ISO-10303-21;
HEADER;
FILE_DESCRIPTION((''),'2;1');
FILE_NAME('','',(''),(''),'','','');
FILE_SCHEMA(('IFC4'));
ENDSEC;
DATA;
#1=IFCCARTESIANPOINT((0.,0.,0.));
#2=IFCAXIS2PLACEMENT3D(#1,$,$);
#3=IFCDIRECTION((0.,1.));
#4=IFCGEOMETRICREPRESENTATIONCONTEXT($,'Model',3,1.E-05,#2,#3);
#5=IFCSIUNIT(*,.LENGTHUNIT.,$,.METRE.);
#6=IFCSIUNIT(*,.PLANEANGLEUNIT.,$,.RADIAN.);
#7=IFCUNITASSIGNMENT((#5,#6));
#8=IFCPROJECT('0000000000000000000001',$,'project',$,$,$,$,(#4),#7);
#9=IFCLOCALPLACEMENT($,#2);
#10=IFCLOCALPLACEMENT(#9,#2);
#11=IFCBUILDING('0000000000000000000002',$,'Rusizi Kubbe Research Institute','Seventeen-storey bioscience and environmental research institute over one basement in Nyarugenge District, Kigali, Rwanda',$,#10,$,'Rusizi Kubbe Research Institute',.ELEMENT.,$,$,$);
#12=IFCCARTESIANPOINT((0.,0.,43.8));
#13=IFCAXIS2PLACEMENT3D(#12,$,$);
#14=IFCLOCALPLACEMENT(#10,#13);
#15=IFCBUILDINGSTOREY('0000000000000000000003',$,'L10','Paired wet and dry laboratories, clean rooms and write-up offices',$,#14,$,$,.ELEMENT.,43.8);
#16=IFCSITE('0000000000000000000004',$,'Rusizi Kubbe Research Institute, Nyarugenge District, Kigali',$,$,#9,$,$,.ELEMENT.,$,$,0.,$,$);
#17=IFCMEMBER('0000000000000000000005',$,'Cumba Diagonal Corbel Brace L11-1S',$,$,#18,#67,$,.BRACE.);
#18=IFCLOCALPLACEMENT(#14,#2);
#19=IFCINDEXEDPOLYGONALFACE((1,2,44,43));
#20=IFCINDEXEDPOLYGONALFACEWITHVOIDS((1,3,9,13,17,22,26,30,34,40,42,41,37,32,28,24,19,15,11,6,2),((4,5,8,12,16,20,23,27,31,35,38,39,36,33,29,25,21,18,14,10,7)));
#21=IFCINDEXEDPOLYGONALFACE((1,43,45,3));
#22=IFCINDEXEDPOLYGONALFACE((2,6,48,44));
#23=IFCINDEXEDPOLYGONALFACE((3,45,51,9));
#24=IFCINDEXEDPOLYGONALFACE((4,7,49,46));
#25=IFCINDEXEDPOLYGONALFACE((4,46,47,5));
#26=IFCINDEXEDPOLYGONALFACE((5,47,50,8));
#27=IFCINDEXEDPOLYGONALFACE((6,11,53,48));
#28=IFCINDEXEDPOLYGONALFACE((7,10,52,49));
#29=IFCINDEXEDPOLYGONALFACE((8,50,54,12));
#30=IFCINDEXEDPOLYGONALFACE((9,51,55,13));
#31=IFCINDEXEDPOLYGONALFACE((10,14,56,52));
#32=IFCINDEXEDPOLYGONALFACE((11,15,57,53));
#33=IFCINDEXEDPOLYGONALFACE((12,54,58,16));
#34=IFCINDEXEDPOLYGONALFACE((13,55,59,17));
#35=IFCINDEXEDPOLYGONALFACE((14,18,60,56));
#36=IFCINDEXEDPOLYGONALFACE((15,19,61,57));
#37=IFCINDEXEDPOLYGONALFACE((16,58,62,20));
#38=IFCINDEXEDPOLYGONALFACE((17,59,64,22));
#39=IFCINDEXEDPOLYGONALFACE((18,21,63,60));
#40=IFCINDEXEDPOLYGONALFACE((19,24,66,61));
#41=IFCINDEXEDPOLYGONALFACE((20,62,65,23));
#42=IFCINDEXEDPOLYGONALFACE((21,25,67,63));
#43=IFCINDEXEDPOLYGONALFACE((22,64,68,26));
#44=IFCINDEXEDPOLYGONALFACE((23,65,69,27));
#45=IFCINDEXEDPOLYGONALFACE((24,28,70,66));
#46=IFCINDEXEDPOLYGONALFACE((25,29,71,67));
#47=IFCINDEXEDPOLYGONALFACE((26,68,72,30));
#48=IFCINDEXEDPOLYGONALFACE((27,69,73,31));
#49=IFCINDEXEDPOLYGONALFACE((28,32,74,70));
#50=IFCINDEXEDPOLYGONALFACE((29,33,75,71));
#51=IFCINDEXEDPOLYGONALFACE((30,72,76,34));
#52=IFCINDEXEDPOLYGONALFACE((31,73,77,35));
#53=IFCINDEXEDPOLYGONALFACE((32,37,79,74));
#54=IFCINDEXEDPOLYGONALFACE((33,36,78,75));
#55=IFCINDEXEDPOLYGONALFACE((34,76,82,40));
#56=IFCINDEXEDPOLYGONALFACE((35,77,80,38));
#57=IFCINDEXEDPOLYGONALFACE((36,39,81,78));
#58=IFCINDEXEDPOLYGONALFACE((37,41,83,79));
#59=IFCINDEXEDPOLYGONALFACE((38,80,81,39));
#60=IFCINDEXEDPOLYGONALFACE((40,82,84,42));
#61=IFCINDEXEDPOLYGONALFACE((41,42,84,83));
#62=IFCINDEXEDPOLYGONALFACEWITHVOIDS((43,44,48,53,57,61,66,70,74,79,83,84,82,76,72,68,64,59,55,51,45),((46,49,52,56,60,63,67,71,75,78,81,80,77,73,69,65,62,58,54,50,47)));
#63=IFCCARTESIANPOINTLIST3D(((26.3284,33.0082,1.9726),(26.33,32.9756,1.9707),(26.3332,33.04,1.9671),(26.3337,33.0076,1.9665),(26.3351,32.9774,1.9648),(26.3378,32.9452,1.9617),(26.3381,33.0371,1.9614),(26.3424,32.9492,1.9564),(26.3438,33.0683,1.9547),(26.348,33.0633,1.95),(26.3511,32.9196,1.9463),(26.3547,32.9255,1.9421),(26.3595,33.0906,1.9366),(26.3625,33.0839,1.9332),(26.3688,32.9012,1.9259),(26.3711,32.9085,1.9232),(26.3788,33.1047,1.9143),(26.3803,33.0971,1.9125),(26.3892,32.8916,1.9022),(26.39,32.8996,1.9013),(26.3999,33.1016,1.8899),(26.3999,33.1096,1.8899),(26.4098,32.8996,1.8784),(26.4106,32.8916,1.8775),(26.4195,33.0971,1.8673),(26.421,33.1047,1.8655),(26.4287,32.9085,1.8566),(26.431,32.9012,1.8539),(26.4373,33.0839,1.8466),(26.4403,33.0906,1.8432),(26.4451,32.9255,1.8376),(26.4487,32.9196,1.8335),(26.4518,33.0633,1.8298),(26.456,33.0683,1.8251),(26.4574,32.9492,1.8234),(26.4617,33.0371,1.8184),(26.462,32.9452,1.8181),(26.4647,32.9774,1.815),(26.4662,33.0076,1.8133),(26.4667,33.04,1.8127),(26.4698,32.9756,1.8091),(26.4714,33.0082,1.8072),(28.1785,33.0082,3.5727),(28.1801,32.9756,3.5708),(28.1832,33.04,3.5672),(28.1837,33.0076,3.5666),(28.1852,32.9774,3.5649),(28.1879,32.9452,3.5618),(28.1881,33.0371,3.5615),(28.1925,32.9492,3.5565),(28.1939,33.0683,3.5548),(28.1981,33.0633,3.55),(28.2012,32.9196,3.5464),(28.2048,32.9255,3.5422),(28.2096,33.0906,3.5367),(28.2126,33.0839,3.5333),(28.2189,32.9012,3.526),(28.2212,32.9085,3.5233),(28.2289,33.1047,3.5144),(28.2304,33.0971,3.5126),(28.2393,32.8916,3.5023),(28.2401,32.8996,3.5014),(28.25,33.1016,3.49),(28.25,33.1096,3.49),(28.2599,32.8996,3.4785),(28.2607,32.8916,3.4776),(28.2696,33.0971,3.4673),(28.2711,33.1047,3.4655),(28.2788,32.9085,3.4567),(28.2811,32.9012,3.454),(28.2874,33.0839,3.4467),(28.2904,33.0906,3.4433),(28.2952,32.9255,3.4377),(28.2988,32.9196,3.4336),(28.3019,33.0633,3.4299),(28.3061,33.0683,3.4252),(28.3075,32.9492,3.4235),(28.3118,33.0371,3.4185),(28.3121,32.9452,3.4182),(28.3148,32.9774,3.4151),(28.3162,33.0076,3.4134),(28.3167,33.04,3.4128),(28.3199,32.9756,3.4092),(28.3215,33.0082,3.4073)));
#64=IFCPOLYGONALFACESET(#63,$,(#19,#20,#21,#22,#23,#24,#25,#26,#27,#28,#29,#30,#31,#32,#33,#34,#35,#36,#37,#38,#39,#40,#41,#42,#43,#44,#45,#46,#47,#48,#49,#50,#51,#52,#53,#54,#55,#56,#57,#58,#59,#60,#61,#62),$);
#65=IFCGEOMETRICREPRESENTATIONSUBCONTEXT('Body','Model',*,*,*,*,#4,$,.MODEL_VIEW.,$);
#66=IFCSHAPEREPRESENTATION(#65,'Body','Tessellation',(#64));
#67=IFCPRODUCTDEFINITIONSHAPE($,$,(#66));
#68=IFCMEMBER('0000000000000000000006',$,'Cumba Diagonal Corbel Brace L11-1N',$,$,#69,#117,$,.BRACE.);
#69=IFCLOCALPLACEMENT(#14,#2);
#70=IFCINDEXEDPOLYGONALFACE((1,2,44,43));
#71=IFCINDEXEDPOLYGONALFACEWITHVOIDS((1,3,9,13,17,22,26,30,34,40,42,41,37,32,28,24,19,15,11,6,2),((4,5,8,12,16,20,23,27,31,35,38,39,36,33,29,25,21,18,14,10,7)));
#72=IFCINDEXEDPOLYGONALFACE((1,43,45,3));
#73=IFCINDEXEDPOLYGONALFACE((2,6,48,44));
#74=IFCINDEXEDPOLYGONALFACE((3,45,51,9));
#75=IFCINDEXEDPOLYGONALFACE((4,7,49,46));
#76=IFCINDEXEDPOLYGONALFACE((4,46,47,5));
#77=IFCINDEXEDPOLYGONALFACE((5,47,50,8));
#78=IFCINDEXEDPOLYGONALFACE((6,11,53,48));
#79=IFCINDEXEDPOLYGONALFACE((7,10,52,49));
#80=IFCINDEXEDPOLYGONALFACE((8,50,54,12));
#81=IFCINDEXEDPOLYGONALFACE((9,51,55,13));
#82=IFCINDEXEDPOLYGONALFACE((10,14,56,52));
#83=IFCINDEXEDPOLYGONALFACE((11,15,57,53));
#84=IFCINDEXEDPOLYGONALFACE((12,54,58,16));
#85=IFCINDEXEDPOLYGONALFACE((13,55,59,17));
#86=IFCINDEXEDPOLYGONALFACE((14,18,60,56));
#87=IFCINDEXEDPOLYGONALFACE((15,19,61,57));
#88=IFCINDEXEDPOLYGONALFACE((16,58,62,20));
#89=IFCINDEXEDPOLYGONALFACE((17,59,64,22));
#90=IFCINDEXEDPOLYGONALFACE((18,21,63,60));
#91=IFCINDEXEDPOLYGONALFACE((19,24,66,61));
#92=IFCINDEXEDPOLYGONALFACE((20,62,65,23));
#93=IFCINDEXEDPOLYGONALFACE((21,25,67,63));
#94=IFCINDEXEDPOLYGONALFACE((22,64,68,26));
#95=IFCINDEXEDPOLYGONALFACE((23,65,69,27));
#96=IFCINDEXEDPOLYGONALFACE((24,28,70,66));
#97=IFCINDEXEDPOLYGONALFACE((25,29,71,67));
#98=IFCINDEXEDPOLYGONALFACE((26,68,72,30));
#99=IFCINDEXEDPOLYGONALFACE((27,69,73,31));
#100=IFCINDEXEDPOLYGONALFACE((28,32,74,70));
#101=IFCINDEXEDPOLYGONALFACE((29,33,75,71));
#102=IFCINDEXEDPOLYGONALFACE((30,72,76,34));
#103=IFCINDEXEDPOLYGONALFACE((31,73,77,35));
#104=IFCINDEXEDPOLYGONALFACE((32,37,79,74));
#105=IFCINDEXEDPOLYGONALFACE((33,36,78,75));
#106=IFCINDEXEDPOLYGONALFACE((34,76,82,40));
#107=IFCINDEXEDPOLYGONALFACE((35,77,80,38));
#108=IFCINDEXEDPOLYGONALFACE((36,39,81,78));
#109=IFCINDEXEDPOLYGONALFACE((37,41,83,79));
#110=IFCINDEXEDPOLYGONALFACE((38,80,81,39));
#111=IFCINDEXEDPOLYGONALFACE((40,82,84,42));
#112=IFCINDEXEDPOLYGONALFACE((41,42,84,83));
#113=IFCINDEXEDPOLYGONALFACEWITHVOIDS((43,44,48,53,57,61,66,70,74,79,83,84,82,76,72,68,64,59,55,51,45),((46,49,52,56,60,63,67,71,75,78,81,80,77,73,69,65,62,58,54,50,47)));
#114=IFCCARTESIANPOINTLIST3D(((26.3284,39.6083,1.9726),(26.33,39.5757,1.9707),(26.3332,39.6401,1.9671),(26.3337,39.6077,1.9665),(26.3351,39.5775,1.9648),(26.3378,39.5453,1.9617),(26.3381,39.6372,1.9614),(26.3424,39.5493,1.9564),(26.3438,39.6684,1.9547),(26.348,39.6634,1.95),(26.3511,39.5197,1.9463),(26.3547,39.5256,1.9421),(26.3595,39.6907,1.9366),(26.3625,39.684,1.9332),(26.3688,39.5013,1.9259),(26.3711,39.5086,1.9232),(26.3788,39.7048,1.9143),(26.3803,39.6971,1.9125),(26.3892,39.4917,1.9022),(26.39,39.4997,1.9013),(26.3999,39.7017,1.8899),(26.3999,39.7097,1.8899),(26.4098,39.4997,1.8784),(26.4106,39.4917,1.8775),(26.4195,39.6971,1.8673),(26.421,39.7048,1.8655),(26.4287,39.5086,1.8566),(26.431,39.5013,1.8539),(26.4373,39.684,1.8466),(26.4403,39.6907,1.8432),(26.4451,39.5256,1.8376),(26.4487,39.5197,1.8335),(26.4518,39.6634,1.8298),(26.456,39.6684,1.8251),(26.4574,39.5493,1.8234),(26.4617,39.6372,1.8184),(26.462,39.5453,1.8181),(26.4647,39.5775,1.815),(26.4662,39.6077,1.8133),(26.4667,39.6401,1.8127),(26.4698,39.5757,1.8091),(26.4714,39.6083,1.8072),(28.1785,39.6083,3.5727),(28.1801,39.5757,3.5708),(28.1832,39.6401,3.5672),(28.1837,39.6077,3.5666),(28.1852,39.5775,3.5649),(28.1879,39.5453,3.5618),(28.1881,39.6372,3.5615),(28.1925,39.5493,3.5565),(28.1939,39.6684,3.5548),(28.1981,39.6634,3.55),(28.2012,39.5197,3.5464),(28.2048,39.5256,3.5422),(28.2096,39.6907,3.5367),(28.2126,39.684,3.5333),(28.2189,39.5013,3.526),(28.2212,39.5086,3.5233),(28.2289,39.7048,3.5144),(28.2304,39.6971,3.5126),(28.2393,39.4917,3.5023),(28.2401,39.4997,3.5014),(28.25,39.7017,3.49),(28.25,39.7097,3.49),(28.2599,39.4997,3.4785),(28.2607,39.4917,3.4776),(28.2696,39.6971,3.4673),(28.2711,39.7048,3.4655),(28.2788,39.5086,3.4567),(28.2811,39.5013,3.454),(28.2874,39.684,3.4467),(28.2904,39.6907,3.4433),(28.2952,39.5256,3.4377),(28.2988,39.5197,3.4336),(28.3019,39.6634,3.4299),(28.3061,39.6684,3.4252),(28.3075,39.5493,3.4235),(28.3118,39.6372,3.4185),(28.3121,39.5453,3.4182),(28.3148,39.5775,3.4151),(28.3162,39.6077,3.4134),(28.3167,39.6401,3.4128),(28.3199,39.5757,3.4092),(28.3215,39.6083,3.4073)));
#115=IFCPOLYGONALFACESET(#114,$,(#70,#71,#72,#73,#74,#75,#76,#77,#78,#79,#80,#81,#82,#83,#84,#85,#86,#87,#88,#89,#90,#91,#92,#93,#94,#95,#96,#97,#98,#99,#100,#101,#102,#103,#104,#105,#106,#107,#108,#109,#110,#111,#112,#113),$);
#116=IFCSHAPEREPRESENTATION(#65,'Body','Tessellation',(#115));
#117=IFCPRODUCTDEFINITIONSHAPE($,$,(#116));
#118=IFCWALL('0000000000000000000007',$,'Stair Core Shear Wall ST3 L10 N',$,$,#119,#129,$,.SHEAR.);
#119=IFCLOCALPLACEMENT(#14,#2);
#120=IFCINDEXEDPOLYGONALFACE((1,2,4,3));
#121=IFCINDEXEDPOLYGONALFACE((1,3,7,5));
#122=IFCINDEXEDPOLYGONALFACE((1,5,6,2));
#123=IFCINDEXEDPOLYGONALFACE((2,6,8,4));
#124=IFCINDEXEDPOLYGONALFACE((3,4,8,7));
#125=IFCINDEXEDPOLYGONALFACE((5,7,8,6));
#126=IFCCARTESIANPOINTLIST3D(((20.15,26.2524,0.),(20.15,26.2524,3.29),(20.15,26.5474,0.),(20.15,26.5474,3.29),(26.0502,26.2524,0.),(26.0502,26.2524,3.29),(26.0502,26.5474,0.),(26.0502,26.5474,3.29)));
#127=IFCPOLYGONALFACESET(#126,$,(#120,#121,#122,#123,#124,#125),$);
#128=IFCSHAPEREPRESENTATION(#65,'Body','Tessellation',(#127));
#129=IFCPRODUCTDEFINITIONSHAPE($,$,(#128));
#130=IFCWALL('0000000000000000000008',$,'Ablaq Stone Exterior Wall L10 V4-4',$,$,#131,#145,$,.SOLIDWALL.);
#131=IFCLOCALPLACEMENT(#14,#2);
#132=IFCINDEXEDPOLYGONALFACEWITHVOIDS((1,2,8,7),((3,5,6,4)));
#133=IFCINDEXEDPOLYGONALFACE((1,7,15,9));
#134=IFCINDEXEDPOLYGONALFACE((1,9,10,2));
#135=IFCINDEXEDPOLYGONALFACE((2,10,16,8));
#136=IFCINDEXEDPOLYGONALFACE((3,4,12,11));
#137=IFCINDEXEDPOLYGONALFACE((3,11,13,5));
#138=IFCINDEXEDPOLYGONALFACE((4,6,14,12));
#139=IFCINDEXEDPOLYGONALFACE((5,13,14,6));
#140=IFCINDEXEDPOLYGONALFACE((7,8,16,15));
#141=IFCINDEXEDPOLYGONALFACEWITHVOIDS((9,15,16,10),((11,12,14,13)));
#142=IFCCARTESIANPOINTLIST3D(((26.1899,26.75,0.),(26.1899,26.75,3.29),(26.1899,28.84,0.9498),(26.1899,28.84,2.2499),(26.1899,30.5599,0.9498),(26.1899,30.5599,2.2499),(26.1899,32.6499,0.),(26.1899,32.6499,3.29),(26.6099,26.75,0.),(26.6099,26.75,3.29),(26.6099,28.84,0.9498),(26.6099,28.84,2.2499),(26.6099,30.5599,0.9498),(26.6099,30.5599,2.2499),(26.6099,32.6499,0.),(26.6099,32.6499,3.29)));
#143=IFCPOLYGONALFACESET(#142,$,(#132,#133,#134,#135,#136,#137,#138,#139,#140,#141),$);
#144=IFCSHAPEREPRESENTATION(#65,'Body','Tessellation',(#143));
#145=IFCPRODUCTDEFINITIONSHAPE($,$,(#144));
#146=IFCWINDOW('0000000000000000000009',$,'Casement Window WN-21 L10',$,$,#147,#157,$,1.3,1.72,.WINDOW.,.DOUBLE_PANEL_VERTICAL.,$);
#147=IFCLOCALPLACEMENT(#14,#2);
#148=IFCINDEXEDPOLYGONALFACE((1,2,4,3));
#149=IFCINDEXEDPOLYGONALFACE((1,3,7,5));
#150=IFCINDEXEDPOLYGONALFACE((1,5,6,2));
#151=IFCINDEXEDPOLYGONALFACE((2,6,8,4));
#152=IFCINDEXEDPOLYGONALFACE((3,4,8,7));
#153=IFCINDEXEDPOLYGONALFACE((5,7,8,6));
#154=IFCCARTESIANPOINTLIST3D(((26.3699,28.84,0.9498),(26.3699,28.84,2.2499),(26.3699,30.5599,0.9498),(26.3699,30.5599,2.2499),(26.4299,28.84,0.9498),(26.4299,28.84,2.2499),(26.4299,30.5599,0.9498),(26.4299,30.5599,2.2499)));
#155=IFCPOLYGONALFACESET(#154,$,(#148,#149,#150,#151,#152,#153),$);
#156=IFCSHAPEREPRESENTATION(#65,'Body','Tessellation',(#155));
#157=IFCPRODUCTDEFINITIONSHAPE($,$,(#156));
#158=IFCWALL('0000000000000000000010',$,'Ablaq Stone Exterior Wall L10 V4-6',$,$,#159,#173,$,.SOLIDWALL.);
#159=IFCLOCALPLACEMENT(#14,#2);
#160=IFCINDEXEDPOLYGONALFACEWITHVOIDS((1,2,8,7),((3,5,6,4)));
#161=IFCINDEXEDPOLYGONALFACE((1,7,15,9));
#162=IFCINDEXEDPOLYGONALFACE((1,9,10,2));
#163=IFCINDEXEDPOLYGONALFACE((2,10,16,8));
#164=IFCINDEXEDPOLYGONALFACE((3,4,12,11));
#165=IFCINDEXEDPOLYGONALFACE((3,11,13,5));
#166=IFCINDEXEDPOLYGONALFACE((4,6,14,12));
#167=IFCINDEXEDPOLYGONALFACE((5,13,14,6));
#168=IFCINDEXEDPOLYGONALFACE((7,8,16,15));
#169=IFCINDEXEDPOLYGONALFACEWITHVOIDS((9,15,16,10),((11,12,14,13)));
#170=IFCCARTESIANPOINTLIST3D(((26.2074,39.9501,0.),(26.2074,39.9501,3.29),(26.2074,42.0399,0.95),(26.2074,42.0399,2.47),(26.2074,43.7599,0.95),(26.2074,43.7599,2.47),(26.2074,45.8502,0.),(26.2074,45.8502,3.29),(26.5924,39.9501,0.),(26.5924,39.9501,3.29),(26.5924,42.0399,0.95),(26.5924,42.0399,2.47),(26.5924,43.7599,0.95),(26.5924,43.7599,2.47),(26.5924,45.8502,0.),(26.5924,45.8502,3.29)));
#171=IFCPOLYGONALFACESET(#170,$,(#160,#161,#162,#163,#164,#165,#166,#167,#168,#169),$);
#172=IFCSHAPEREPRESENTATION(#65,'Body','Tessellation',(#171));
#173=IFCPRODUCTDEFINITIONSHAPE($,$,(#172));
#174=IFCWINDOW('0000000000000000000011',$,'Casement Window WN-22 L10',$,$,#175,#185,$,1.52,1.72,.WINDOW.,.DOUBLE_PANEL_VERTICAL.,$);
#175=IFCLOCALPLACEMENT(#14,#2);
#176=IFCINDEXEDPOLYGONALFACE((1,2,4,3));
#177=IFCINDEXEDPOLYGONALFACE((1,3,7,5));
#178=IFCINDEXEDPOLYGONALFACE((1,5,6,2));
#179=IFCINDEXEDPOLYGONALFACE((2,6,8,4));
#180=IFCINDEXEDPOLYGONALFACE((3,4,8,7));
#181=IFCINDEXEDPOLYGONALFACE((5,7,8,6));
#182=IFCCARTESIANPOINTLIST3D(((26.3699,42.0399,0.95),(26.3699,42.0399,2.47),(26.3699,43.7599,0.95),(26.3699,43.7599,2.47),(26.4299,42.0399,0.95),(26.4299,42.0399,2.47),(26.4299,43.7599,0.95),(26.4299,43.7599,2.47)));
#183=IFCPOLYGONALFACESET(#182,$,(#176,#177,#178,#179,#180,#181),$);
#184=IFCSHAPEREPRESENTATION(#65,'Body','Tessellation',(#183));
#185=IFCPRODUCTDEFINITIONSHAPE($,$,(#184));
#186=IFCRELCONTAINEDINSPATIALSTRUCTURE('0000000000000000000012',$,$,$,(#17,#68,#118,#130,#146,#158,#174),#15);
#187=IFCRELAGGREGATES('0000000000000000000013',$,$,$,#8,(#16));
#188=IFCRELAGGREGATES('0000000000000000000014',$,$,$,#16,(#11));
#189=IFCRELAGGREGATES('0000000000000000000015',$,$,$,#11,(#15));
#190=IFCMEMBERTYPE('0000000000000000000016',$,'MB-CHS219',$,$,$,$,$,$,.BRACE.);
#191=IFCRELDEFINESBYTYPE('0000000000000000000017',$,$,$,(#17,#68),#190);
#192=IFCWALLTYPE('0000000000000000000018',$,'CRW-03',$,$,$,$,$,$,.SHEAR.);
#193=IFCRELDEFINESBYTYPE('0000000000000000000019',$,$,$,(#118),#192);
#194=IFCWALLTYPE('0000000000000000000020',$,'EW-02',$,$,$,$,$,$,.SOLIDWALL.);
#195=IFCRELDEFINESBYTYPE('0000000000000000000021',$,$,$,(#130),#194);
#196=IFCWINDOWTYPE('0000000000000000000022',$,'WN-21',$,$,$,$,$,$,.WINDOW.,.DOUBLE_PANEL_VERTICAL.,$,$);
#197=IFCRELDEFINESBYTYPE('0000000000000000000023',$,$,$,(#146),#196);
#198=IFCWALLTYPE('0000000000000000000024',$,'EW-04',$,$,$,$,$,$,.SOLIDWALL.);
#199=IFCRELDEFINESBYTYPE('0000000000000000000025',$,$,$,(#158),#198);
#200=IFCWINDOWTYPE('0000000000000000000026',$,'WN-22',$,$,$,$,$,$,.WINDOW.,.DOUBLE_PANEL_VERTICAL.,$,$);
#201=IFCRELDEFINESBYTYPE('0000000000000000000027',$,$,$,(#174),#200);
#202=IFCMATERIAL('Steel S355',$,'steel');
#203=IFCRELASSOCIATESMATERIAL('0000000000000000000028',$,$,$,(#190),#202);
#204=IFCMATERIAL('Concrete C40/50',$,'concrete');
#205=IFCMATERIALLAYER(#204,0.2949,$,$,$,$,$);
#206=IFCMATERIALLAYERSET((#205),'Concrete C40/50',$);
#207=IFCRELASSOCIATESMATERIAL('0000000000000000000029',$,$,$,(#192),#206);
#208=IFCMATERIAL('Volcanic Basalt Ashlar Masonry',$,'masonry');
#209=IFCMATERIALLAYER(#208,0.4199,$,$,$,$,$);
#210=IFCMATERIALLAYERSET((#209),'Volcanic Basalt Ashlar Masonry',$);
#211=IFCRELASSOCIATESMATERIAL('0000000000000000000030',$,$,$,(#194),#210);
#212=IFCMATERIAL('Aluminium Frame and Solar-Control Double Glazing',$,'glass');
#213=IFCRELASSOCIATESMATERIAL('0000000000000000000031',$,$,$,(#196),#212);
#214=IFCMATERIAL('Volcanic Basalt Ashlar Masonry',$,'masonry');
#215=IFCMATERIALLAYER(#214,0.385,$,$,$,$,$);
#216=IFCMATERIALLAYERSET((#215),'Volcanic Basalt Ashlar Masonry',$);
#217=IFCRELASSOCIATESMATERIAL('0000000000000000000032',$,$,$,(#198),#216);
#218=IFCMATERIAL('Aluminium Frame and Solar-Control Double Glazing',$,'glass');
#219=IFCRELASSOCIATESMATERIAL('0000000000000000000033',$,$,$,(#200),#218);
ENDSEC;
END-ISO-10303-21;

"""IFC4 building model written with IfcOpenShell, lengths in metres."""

from ifc_helpers import new_model, si_unit, direction, frame, frame_2d, origin, origin_2d, place, context, subcontext, project, spatial, rectangle, hollow_circle, extrude, material, layer, layer_set, material_profile, profile_set, type_object, element, fill, save


model = new_model("IFC4")

# Units and contexts
model_context = context("Model", 3, precision=1e-05, world=origin(), true_north=direction((0.0, 1.0)))
body_context = subcontext(model_context, "Body", "Model", "MODEL_VIEW")
ifc_project = project(units=[si_unit("LENGTHUNIT", "METRE"), si_unit("PLANEANGLEUNIT", "RADIAN")], contexts=[model_context])

# Site, building, storey
site_placement = place(None, origin())
site = spatial("IfcSite", under=ifc_project, at=site_placement, Name="Rusizi Kubbe Research Institute, Nyarugenge District, Kigali", CompositionType="ELEMENT", RefElevation=0.0)
building_placement = place(site_placement, origin())
building = spatial("IfcBuilding", under=site, at=building_placement, Name="Rusizi Kubbe Research Institute", Description="Seventeen-storey bioscience and environmental research institute over one basement in Nyarugenge District, Kigali, Rwanda", LongName="Rusizi Kubbe Research Institute", CompositionType="ELEMENT")
storey_placement = place(building_placement, frame((0.0, 0.0, 43.8)))
storey = spatial("IfcBuildingStorey", under=building, at=storey_placement, Name="L10", Description="Paired wet and dry laboratories, clean rooms and write-up offices", CompositionType="ELEMENT", Elevation=43.8)

# Members
ifc_material_1 = material(Name="Steel S355", Category="steel")
ifc_material_profile_1 = material_profile(ifc_material_1, hollow_circle(Radius=0.1096, WallThickness=0.0081, at=origin_2d()), Name="CHS 219.1x8.0")
ifc_profile_set_1 = profile_set([ifc_material_profile_1], Name="Steel S355")
member_type = type_object("IfcMemberType", Name="MB-CHS219", PredefinedType="BRACE", material=ifc_profile_set_1)
for number, where, z_axis, x_axis, name in (
    (1, (26.3999, 33.0, 1.8899), (0.756361, 0.0, 0.654155), (0.0, 1.0, 0.0), "Cumba Diagonal Corbel Brace L11-1S"),
    (2, (26.3999, 39.6001, 1.8899), (0.756361, 0.0, 0.654155), (0.0, 1.0, 0.0), "Cumba Diagonal Corbel Brace L11-1N"),
):
    element("IfcMember", number, at=place(storey_placement, frame(where, z_axis=z_axis, x_axis=x_axis)), inside=storey, type_object=member_type, Name=name, PredefinedType="BRACE", context=body_context, shape_type="SweptSolid", body=[
        extrude(hollow_circle(Radius=0.1096, WallThickness=0.0081, at=origin_2d()), origin(), (0.0, 0.0, 1.0), 2.446),
    ])

# Wall
ifc_material_2 = material(Name="Concrete C40/50", Category="concrete")
ifc_layer_1 = layer(ifc_material_2, 0.2949)
ifc_layer_set_1 = layer_set([ifc_layer_1], Name="Concrete C40/50")
wall_type_1 = type_object("IfcWallType", Name="CRW-03", PredefinedType="SHEAR", material=ifc_layer_set_1)
wall_1_placement = place(storey_placement, frame((20.1499, 26.3999, 0.0), z_axis=(0.0, 0.0, 1.0), x_axis=(1.0, 0.0, 0.0)))
element("IfcWall", 3, at=wall_1_placement, inside=storey, type_object=wall_type_1, Name="Stair Core Shear Wall ST3 L10 N", PredefinedType="SHEAR", context=body_context, shape_type="SweptSolid", body=[
    extrude(rectangle(XDim=5.9001, YDim=0.2949, at=frame_2d((2.9502, 0.0))), origin(), (0.0, 0.0, 1.0), 3.29),
])

# Walls, openings, windows
ifc_material_3 = material(Name="Volcanic Basalt Ashlar Masonry", Category="masonry")
ifc_layer_2 = layer(ifc_material_3, 0.4199)
ifc_layer_set_2 = layer_set([ifc_layer_2], Name="Volcanic Basalt Ashlar Masonry")
wall_type_2 = type_object("IfcWallType", Name="EW-02", PredefinedType="SOLIDWALL", material=ifc_layer_set_2)
wall_2_placement = place(storey_placement, frame((26.3999, 26.75, 0.0), z_axis=(0.0, 0.0, 1.0), x_axis=(0.0, 1.0, 0.0)))
wall_2 = element("IfcWall", 4, at=wall_2_placement, inside=storey, type_object=wall_type_2, Name="Ablaq Stone Exterior Wall L10 V4-4", PredefinedType="SOLIDWALL", context=body_context, shape_type="SweptSolid", body=[
    extrude(rectangle(XDim=5.8999, YDim=0.4199, at=frame_2d((2.95, 0.0))), origin(), (0.0, 0.0, 1.0), 3.29),
])
opening_1_placement = place(wall_2_placement, frame((2.0901, 0.0, 0.95)))
opening_1 = element("IfcOpeningElement", 5, at=opening_1_placement, cuts=wall_2, PredefinedType="OPENING", context=body_context, shape_type="SweptSolid", body=[
    extrude(rectangle(XDim=1.72, YDim=1.3, at=frame_2d((0.8599, 0.6499))), frame((0.0, 0.22, 0.0), z_axis=(0.0, -1.0, 0.0), x_axis=(1.0, 0.0, 0.0)), (0.0, 0.0, 1.0), 0.4399),
])
ifc_material_4 = material(Name="Aluminium Frame and Solar-Control Double Glazing", Category="glass")
window_type_1 = type_object("IfcWindowType", Name="WN-21", PartitioningType="DOUBLE_PANEL_VERTICAL", PredefinedType="WINDOW", material=ifc_material_4)
window_1_placement = place(opening_1_placement, origin())
window_1 = element("IfcWindow", 6, at=window_1_placement, inside=storey, type_object=window_type_1, Name="Casement Window WN-21 L10", OverallHeight=1.3, OverallWidth=1.72, PartitioningType="DOUBLE_PANEL_VERTICAL", PredefinedType="WINDOW", context=body_context, shape_type="SweptSolid", body=[
    extrude(rectangle(XDim=1.72, YDim=1.3, at=frame_2d((0.8599, 0.6499))), frame((0.0, 0.03, 0.0), z_axis=(0.0, -1.0, 0.0), x_axis=(1.0, 0.0, 0.0)), (0.0, 0.0, 1.0), 0.0601),
])
fill(opening_1, window_1)
ifc_material_5 = material(Name="Volcanic Basalt Ashlar Masonry", Category="masonry")
ifc_layer_3 = layer(ifc_material_5, 0.385)
ifc_layer_set_3 = layer_set([ifc_layer_3], Name="Volcanic Basalt Ashlar Masonry")
wall_type_3 = type_object("IfcWallType", Name="EW-04", PredefinedType="SOLIDWALL", material=ifc_layer_set_3)
wall_3_placement = place(storey_placement, frame((26.3999, 39.95, 0.0), z_axis=(0.0, 0.0, 1.0), x_axis=(0.0, 1.0, 0.0)))
wall_3 = element("IfcWall", 7, at=wall_3_placement, inside=storey, type_object=wall_type_3, Name="Ablaq Stone Exterior Wall L10 V4-6", PredefinedType="SOLIDWALL", context=body_context, shape_type="SweptSolid", body=[
    extrude(rectangle(XDim=5.9001, YDim=0.385, at=frame_2d((2.9502, 0.0))), origin(), (0.0, 0.0, 1.0), 3.29),
])
opening_2_placement = place(wall_3_placement, frame((2.0901, 0.0, 0.95)))
opening_2 = element("IfcOpeningElement", 8, at=opening_2_placement, cuts=wall_3, PredefinedType="OPENING", context=body_context, shape_type="SweptSolid", body=[
    extrude(rectangle(XDim=1.72, YDim=1.52, at=frame_2d((0.8599, 0.76))), frame((0.0, 0.2024, 0.0), z_axis=(0.0, -1.0, 0.0), x_axis=(1.0, 0.0, 0.0)), (0.0, 0.0, 1.0), 0.405),
])
ifc_material_6 = material(Name="Aluminium Frame and Solar-Control Double Glazing", Category="glass")
window_type_2 = type_object("IfcWindowType", Name="WN-22", PartitioningType="DOUBLE_PANEL_VERTICAL", PredefinedType="WINDOW", material=ifc_material_6)
window_2_placement = place(opening_2_placement, origin())
window_2 = element("IfcWindow", 9, at=window_2_placement, inside=storey, type_object=window_type_2, Name="Casement Window WN-22 L10", OverallHeight=1.52, OverallWidth=1.72, PartitioningType="DOUBLE_PANEL_VERTICAL", PredefinedType="WINDOW", context=body_context, shape_type="SweptSolid", body=[
    extrude(rectangle(XDim=1.72, YDim=1.52, at=frame_2d((0.8599, 0.76))), frame((0.0, 0.03, 0.0), z_axis=(0.0, -1.0, 0.0), x_axis=(1.0, 0.0, 0.0)), (0.0, 0.0, 1.0), 0.0601),
])
fill(opening_2, window_2)

save(model, "model.ifc")
